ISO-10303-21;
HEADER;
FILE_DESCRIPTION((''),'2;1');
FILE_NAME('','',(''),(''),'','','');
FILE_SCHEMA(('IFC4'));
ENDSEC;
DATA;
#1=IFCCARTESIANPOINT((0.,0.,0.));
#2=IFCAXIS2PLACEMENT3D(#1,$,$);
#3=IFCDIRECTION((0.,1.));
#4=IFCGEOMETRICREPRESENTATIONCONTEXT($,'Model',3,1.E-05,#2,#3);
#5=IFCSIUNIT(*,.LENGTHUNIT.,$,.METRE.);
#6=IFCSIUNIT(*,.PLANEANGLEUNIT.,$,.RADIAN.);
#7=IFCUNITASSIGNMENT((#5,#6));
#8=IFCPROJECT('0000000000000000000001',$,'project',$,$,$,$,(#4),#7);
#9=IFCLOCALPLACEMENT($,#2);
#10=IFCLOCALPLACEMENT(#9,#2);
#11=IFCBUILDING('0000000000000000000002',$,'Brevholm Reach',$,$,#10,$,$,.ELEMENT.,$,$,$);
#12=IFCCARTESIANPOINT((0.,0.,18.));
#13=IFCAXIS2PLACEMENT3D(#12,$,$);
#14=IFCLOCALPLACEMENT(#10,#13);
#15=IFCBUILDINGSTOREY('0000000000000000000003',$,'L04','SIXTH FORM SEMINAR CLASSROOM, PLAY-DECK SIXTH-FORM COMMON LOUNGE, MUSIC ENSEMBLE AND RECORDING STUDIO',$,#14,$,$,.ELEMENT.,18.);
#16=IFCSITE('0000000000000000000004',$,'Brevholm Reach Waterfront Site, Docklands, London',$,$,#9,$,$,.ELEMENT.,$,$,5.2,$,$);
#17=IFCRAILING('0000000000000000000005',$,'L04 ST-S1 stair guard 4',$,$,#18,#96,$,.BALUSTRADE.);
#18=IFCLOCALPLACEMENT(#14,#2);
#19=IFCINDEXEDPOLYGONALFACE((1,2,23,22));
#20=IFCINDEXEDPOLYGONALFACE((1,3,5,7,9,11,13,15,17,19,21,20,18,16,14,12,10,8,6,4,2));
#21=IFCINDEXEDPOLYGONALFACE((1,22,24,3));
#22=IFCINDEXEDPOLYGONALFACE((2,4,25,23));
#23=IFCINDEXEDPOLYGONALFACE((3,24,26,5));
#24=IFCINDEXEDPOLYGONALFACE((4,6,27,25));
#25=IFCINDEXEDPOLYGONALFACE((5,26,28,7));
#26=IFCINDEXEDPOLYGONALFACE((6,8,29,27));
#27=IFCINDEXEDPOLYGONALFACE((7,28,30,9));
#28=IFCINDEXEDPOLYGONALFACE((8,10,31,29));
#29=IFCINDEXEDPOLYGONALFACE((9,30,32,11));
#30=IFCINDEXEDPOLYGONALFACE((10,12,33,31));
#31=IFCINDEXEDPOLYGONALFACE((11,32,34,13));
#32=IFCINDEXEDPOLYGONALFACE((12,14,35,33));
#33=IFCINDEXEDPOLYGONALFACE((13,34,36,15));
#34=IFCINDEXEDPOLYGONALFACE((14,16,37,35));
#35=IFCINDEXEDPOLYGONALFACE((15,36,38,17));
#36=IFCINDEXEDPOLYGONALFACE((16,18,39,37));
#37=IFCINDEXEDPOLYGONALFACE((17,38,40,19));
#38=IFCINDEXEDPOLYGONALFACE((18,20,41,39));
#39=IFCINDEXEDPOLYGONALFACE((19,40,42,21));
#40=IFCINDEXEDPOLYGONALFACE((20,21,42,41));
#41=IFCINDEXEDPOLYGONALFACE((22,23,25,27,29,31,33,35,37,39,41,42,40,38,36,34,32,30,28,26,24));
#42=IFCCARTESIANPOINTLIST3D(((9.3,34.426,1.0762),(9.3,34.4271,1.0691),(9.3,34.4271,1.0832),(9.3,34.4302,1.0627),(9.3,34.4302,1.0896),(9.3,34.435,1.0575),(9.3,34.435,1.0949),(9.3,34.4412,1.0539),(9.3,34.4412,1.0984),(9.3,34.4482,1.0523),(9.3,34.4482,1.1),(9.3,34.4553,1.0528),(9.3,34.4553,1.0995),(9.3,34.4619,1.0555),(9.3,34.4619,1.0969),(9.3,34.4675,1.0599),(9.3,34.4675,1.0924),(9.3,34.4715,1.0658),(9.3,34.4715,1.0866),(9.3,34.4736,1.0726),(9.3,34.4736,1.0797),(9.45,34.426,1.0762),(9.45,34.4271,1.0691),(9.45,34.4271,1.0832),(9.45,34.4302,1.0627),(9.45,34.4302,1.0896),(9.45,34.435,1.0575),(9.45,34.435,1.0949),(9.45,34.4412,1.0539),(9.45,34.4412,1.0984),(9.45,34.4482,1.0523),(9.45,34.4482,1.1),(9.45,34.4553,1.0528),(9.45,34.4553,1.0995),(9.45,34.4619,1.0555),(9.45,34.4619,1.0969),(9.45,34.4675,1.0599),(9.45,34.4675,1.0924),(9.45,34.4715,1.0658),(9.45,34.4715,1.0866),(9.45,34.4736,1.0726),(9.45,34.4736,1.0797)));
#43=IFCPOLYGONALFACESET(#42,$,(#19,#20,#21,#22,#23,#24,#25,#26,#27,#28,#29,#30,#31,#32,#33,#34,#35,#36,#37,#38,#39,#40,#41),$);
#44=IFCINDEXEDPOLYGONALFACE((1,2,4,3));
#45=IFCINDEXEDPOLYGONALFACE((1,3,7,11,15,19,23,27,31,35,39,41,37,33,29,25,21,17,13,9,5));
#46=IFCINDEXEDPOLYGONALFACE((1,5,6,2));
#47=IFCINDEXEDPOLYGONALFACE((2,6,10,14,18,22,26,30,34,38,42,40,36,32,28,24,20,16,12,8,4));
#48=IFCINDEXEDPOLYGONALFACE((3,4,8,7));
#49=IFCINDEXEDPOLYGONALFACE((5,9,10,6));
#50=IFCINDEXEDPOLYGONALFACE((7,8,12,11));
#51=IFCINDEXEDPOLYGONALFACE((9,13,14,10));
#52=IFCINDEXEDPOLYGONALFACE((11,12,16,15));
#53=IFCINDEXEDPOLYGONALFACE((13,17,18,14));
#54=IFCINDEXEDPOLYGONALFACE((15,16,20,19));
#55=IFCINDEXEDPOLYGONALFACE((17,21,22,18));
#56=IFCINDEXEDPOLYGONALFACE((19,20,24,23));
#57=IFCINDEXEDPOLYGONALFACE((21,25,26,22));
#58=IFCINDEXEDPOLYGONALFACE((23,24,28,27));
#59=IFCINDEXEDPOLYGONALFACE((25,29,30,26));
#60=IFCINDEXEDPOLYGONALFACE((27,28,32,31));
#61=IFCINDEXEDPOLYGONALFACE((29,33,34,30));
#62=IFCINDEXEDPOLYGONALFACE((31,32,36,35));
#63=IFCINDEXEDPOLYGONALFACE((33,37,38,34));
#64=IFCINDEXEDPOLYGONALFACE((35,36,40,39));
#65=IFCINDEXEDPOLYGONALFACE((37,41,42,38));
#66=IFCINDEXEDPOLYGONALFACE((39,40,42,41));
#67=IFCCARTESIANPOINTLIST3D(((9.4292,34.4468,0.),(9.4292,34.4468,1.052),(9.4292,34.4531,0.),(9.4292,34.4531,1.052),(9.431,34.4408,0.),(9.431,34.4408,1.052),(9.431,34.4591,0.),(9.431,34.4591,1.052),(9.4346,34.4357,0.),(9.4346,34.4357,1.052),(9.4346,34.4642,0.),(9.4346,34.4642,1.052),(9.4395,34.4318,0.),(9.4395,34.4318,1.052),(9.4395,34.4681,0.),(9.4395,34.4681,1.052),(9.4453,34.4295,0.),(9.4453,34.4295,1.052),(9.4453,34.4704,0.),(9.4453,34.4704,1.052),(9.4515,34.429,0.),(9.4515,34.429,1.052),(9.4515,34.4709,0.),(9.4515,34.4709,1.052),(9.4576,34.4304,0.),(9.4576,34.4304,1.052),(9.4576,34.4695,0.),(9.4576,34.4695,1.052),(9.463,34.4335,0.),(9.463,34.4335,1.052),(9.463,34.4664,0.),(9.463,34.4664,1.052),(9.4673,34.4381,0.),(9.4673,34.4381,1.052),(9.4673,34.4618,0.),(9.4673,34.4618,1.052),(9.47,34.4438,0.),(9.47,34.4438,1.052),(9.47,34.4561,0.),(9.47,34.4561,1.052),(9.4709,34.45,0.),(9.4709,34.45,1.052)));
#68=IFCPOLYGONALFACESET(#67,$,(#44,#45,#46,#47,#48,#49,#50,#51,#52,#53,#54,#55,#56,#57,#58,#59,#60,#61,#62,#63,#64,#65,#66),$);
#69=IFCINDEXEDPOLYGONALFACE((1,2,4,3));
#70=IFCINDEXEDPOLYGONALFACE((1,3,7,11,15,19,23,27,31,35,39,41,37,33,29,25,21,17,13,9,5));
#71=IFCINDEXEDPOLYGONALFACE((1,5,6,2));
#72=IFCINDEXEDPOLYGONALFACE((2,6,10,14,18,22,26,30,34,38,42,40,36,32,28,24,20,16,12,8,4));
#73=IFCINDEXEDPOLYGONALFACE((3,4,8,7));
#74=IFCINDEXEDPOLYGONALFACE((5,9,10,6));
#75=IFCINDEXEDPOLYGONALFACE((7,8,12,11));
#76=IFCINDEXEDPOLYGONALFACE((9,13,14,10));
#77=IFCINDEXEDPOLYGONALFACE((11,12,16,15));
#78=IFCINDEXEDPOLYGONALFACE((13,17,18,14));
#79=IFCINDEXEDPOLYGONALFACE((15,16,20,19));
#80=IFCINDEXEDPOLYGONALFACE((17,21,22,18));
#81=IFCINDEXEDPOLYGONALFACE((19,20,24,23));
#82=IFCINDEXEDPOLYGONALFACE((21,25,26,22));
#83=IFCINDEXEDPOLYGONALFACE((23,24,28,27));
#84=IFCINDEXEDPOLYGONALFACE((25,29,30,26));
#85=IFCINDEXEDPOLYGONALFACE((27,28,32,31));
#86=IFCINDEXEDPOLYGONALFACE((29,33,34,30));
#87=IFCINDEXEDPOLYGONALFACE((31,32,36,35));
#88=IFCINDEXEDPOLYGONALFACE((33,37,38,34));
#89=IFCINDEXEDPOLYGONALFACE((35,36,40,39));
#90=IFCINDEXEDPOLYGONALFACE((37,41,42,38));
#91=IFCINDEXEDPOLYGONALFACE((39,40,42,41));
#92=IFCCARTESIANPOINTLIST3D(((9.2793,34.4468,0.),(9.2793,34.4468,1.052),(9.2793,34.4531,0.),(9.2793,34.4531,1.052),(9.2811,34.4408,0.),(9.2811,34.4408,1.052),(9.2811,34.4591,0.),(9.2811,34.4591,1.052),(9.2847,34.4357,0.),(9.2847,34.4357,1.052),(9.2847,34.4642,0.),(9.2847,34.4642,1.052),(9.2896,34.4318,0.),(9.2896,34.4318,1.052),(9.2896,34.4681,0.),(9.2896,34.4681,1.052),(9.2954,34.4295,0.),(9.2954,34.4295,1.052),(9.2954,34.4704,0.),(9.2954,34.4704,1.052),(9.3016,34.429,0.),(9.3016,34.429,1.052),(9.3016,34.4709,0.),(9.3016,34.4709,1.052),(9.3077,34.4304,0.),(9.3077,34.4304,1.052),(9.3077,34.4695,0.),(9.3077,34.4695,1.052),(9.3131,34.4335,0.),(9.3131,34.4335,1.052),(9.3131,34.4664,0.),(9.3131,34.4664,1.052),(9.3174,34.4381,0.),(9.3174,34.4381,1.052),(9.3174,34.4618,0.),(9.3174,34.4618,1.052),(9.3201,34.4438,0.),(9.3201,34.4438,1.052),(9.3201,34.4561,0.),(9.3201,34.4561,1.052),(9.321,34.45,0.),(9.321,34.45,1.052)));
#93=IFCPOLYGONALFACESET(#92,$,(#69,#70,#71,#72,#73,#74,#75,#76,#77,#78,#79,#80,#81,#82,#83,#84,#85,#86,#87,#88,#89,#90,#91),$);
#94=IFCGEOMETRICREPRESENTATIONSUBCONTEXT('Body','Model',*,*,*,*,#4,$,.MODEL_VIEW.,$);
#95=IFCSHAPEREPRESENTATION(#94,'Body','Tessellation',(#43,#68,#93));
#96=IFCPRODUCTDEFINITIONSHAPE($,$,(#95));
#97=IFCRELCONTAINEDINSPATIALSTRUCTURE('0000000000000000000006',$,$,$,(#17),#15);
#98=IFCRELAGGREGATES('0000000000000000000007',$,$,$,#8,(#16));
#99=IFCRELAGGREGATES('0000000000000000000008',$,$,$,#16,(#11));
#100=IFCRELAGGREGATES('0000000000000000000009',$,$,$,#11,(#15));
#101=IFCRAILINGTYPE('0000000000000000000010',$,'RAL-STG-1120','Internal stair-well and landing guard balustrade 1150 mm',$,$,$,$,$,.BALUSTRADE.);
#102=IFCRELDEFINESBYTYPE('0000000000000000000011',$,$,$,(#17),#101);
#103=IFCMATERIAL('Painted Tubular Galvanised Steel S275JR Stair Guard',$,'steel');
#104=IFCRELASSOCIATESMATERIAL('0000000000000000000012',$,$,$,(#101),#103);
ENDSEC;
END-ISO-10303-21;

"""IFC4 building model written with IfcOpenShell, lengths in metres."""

from ifc_helpers import new_model, si_unit, direction, frame, origin, origin_2d, place, context, subcontext, project, spatial, circle, extrude, material, type_object, element, save


model = new_model("IFC4")

# Units and contexts
model_context = context("Model", 3, precision=1e-05, world=origin(), true_north=direction((0.0, 1.0)))
body_context = subcontext(model_context, "Body", "Model", "MODEL_VIEW")
ifc_project = project(units=[si_unit("LENGTHUNIT", "METRE"), si_unit("PLANEANGLEUNIT", "RADIAN")], contexts=[model_context])

# Site, building, storey
site_placement = place(None, origin())
site = spatial("IfcSite", under=ifc_project, at=site_placement, Name="Brevholm Reach Waterfront Site, Docklands, London", CompositionType="ELEMENT", RefElevation=5.2)
building_placement = place(site_placement, origin())
building = spatial("IfcBuilding", under=site, at=building_placement, Name="Brevholm Reach", CompositionType="ELEMENT")
storey_placement = place(building_placement, frame((0.0, 0.0, 18.0)))
storey = spatial("IfcBuildingStorey", under=building, at=storey_placement, Name="L04", Description="SIXTH FORM SEMINAR CLASSROOM, PLAY-DECK SIXTH-FORM COMMON LOUNGE, MUSIC ENSEMBLE AND RECORDING STUDIO", CompositionType="ELEMENT", Elevation=18.0)

# Railing
ifc_material_1 = material(Name="Painted Tubular Galvanised Steel S275JR Stair Guard", Category="steel")
railing_type_1 = type_object("IfcRailingType", Name="RAL-STG-1120", Description="Internal stair-well and landing guard balustrade 1150 mm", PredefinedType="BALUSTRADE", material=ifc_material_1)
railing_1_placement = place(storey_placement, frame((9.45, 34.45, 0.0)))
element("IfcRailing", 1, at=railing_1_placement, inside=storey, type_object=railing_type_1, Name="L04 ST-S1 stair guard 4", PredefinedType="BALUSTRADE", context=body_context, shape_type="SweptSolid", body=[
    extrude(circle(Radius=0.0239, at=origin_2d()), frame((0.0, 0.0, 1.0762), z_axis=(-1.0, 0.0, 0.0), x_axis=(0.0, -1.0, 0.0)), (0.0, 0.0, 1.0), 0.1499),
    extrude(circle(Radius=0.021, at=origin_2d()), origin(), (0.0, 0.0, 1.0), 1.052),
    extrude(circle(Radius=0.021, at=origin_2d()), frame((-0.1499, 0.0, 0.0)), (0.0, 0.0, 1.0), 1.052),
])

save(model, "model.ifc")
